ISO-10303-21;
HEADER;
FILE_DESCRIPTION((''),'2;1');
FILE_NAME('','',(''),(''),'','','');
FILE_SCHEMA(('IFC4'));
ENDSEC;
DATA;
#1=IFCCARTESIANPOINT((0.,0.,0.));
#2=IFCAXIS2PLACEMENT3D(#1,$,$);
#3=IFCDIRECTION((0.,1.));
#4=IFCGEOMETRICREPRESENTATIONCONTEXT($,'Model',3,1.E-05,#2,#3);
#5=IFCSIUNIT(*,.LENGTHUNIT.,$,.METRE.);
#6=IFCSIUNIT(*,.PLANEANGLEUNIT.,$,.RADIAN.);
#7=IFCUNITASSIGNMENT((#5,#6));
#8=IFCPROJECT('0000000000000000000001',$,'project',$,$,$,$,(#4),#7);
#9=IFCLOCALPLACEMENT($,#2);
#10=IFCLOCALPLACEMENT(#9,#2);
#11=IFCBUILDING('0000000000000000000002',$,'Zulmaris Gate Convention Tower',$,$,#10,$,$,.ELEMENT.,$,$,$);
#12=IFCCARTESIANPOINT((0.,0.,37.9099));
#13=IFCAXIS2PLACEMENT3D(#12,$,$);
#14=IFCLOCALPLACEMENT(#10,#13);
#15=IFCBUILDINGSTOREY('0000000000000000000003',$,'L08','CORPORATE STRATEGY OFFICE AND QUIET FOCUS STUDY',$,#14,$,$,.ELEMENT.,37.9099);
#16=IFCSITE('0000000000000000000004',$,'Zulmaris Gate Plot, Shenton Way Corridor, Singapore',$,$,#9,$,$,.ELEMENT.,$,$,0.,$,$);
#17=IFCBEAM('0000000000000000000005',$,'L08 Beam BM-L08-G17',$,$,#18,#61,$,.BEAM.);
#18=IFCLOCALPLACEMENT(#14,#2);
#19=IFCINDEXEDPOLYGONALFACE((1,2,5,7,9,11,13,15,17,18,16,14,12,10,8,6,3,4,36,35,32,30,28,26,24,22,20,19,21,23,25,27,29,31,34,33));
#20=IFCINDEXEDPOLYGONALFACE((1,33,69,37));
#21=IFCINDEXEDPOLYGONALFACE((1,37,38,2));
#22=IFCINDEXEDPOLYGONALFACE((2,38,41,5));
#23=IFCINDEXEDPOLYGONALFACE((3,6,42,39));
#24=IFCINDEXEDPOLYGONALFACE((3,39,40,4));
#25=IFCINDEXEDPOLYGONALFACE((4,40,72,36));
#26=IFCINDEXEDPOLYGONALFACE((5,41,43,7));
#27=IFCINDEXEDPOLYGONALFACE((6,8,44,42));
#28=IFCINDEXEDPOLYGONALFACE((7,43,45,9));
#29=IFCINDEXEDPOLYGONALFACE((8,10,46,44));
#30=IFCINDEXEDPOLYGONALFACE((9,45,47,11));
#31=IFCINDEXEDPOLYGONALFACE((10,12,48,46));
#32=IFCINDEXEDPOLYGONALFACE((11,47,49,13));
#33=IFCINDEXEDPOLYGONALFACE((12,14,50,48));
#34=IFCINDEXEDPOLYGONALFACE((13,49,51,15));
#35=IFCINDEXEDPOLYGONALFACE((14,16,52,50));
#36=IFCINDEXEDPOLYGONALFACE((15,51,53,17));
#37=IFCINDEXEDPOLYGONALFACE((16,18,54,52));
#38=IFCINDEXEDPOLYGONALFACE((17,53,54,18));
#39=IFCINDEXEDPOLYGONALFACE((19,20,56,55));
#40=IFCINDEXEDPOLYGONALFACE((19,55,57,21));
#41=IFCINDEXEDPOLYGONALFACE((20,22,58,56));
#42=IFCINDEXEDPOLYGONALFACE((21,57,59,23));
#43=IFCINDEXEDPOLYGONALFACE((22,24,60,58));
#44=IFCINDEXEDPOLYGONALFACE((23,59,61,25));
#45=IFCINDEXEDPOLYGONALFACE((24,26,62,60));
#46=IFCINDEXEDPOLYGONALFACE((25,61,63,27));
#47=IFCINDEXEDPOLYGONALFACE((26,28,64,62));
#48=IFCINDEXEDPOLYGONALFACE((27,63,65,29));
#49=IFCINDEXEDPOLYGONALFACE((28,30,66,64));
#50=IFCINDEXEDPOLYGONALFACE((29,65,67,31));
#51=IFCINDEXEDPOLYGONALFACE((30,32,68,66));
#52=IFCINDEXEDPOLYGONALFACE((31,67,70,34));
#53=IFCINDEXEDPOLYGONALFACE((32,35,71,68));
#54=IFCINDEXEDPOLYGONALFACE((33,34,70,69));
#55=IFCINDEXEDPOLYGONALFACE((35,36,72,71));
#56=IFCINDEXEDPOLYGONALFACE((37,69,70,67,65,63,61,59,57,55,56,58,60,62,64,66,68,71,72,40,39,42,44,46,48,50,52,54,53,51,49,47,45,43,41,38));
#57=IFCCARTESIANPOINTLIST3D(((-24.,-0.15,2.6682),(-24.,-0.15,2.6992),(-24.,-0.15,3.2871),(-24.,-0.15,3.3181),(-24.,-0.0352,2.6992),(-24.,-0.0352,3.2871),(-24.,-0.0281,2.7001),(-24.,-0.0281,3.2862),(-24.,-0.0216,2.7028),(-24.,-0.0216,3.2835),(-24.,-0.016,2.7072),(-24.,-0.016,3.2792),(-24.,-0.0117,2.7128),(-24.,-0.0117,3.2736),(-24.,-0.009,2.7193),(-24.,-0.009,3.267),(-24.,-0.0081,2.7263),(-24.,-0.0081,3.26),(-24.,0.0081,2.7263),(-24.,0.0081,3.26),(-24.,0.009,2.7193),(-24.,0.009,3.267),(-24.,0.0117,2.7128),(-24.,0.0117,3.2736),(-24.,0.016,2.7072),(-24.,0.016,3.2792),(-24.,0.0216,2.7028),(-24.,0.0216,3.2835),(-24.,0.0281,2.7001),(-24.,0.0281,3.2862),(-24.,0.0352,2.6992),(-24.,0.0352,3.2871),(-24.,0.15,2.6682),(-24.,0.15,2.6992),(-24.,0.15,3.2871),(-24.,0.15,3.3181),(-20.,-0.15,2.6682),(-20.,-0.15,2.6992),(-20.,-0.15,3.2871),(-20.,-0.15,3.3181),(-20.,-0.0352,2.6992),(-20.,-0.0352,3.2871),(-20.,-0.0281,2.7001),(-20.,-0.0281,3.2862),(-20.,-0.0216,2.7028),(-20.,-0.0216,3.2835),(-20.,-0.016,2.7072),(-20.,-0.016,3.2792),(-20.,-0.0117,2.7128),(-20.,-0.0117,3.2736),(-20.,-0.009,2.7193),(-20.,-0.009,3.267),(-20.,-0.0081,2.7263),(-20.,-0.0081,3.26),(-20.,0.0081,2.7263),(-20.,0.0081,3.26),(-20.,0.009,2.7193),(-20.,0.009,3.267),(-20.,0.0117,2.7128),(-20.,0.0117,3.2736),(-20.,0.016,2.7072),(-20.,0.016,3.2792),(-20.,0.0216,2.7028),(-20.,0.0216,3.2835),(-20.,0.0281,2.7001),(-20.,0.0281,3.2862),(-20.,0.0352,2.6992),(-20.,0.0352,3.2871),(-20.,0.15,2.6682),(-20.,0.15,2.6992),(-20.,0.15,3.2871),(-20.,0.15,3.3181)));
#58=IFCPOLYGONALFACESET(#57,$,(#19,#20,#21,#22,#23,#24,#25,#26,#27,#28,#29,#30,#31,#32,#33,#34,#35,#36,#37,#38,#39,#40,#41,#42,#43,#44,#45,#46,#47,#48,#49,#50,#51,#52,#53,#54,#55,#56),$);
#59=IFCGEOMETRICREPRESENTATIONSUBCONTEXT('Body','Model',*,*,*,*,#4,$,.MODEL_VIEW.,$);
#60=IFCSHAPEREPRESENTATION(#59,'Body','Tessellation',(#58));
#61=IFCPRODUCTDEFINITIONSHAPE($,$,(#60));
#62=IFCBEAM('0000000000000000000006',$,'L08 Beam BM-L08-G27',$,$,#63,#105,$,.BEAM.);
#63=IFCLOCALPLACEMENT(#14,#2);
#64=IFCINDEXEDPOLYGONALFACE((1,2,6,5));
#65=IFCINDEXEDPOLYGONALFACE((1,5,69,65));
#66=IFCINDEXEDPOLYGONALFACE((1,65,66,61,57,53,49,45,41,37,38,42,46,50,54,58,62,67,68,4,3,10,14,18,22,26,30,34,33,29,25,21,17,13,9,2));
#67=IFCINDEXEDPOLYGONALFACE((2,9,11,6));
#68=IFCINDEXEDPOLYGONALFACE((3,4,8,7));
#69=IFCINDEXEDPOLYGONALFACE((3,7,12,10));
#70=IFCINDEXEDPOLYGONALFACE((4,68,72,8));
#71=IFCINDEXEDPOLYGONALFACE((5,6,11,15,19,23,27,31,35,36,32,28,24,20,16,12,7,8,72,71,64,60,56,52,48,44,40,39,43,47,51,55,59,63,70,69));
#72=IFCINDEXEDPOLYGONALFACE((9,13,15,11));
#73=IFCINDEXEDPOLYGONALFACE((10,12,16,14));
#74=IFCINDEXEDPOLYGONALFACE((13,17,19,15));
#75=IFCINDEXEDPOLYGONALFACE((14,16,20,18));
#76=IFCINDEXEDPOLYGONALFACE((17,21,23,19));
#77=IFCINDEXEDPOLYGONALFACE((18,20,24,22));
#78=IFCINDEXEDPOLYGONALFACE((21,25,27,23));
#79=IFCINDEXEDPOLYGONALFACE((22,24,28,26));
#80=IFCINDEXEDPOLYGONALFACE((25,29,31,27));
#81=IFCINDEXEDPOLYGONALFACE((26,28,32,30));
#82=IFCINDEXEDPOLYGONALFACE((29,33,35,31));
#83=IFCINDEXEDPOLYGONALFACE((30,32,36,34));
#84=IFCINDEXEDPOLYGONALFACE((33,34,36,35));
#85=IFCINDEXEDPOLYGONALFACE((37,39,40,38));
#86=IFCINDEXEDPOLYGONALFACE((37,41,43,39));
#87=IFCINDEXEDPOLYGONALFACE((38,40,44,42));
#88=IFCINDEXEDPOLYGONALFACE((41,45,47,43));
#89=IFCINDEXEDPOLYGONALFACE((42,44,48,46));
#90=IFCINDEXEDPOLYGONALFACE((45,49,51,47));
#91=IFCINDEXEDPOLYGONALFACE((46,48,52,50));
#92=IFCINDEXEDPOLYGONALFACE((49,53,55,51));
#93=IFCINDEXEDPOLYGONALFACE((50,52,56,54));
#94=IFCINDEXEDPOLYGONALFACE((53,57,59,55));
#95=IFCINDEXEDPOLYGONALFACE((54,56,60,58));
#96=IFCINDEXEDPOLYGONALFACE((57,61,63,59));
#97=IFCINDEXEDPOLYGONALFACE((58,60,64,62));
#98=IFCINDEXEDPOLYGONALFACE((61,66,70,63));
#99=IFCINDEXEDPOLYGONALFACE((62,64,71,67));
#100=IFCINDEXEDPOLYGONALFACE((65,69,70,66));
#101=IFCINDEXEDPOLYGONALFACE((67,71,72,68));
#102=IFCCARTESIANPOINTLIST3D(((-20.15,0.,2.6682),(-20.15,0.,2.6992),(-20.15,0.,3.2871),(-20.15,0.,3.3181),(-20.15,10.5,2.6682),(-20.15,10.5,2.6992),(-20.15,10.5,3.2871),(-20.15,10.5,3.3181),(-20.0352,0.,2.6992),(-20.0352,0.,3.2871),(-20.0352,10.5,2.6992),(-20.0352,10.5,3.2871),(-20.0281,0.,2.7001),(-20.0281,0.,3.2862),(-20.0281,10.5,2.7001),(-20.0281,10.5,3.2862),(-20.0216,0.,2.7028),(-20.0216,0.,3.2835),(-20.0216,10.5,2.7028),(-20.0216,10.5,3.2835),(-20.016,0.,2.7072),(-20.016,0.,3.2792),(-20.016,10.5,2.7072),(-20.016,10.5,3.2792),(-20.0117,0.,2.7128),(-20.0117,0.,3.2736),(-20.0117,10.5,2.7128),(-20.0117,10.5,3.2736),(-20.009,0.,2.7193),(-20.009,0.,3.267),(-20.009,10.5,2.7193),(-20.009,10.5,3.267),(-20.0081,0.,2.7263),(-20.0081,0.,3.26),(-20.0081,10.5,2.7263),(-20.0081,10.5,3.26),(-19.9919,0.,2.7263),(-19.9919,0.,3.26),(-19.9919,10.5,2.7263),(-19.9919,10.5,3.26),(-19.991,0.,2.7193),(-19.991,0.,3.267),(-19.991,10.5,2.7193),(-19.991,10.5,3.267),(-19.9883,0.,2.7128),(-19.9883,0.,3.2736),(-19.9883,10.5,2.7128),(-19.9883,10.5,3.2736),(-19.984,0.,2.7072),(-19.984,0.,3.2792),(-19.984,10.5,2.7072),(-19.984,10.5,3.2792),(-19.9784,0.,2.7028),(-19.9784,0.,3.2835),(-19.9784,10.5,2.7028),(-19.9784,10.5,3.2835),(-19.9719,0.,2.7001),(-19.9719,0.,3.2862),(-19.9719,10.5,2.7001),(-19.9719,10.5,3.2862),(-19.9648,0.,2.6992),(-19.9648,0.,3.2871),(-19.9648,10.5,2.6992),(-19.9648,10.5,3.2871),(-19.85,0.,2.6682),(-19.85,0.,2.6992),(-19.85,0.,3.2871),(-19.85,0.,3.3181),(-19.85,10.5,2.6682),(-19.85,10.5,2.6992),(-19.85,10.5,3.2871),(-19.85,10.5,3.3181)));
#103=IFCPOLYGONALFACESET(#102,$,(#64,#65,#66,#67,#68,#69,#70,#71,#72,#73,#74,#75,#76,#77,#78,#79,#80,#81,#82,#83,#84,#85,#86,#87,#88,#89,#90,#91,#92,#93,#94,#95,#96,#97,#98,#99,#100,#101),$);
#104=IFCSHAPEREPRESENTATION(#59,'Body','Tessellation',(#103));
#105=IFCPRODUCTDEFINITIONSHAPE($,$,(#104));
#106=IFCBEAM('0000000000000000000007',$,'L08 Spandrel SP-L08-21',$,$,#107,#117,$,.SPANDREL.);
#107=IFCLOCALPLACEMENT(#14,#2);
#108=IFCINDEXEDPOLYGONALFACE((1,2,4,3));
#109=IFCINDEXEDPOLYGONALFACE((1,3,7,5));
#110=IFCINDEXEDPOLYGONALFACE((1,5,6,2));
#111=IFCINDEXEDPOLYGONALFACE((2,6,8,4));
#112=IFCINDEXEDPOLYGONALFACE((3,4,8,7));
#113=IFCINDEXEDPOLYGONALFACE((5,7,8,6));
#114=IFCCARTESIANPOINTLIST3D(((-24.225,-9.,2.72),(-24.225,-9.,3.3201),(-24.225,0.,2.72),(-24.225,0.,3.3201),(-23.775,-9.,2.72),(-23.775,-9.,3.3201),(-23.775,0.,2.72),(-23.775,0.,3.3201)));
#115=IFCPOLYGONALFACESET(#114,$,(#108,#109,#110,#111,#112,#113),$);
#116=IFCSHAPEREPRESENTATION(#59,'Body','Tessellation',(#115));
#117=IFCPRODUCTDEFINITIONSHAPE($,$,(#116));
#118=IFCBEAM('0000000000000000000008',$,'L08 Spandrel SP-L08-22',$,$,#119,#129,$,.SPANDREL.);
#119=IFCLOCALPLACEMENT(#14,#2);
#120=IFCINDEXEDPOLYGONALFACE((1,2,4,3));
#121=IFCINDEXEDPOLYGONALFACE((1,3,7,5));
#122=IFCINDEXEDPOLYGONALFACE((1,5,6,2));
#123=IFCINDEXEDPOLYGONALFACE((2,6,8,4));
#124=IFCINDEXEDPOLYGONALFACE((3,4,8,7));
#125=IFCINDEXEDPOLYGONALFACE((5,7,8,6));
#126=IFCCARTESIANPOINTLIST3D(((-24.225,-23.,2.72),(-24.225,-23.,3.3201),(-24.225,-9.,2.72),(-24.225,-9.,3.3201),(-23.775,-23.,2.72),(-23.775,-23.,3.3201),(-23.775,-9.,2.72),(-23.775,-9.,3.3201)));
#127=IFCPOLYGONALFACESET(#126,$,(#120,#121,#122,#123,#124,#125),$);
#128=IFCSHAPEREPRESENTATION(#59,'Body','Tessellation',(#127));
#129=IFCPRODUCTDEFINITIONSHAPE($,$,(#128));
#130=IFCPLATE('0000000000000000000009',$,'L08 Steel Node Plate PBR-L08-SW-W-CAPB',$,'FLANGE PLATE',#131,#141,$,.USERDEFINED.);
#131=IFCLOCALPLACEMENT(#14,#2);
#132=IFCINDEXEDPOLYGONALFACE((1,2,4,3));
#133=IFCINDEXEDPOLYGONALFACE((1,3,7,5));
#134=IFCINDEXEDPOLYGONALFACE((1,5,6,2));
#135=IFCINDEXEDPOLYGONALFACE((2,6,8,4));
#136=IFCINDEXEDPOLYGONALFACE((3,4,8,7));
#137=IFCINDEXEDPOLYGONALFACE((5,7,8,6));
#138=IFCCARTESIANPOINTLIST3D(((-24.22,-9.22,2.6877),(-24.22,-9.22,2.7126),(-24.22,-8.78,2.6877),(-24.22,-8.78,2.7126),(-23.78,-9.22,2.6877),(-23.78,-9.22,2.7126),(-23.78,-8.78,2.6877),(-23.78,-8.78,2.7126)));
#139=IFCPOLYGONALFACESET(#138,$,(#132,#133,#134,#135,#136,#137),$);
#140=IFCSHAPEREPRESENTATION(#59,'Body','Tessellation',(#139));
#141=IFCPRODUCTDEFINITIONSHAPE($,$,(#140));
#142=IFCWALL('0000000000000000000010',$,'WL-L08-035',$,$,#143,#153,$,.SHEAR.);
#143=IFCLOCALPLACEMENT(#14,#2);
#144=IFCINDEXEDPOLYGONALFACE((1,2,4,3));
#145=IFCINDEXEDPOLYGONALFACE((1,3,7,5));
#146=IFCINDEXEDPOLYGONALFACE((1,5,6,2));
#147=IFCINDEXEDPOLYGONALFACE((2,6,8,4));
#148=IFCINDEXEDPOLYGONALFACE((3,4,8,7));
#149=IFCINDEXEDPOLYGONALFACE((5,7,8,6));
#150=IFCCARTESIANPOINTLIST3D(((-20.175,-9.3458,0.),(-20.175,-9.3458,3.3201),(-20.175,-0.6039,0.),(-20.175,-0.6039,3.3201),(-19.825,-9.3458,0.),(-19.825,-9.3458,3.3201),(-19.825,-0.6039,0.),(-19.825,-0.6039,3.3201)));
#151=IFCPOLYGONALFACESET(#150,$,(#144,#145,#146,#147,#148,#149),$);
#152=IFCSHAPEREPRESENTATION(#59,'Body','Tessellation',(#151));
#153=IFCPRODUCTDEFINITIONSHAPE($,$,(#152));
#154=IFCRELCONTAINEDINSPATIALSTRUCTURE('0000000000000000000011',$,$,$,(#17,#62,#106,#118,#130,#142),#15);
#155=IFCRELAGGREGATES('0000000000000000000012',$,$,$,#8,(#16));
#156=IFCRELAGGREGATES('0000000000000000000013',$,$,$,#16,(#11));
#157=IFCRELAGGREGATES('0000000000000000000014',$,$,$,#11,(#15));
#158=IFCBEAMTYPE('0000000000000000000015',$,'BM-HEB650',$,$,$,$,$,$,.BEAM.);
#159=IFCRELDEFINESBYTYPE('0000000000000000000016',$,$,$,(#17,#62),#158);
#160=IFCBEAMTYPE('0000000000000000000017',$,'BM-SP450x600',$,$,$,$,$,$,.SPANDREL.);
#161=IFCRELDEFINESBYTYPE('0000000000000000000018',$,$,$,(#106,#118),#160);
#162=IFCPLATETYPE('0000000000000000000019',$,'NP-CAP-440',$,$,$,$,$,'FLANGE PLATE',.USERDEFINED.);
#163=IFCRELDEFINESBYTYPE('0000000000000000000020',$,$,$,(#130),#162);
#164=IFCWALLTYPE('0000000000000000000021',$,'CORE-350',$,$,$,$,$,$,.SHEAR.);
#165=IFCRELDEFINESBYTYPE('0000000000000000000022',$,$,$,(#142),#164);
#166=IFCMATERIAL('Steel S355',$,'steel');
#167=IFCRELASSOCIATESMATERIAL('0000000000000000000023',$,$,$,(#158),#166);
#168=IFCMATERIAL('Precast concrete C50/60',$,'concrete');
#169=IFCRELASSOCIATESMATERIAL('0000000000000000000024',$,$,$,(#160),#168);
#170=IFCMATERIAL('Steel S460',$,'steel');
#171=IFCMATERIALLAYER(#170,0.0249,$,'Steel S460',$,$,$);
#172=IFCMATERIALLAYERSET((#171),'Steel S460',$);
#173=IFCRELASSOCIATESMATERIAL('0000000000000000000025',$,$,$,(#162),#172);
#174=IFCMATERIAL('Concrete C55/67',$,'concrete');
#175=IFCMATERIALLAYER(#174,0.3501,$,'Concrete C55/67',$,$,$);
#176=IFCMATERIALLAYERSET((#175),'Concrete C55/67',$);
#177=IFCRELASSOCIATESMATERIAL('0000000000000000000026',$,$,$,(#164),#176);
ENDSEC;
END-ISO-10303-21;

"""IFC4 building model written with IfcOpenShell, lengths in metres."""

from ifc_helpers import new_model, si_unit, direction, frame, frame_2d, origin, origin_2d, place, context, subcontext, project, spatial, rectangle, i_section, extrude, material, layer, layer_set, material_profile, profile_set, type_object, element, save


model = new_model("IFC4")

# Units and contexts
model_context = context("Model", 3, precision=1e-05, world=origin(), true_north=direction((0.0, 1.0)))
body_context = subcontext(model_context, "Body", "Model", "MODEL_VIEW")
ifc_project = project(units=[si_unit("LENGTHUNIT", "METRE"), si_unit("PLANEANGLEUNIT", "RADIAN")], contexts=[model_context])

# Site, building, storey
site_placement = place(None, origin())
site = spatial("IfcSite", under=ifc_project, at=site_placement, Name="Zulmaris Gate Plot, Shenton Way Corridor, Singapore", CompositionType="ELEMENT", RefElevation=0.0)
building_placement = place(site_placement, origin())
building = spatial("IfcBuilding", under=site, at=building_placement, Name="Zulmaris Gate Convention Tower", CompositionType="ELEMENT")
storey_placement = place(building_placement, frame((0.0, 0.0, 37.9099)))
storey = spatial("IfcBuildingStorey", under=building, at=storey_placement, Name="L08", Description="CORPORATE STRATEGY OFFICE AND QUIET FOCUS STUDY", CompositionType="ELEMENT", Elevation=37.9099)

# Beams
ifc_material_1 = material(Name="Steel S355", Category="steel")
ifc_material_profile_1 = material_profile(ifc_material_1, i_section(OverallWidth=0.3, OverallDepth=0.6499, WebThickness=0.0161, FlangeThickness=0.031, FilletRadius=0.0271, at=origin_2d()), Name="HEB 650")
ifc_profile_set_1 = profile_set([ifc_material_profile_1], Name="Steel S355")
beam_type_1 = type_object("IfcBeamType", Name="BM-HEB650", PredefinedType="BEAM", material=ifc_profile_set_1)
for number, where, z_axis, x_axis, name in (
    (1, (-24.0, 0.0, 2.9932), (1.0, 0.0, 0.0), (0.0, 1.0, 0.0), "L08 Beam BM-L08-G17"),
):
    element("IfcBeam", number, at=place(storey_placement, frame(where, z_axis=z_axis, x_axis=x_axis)), inside=storey, type_object=beam_type_1, Name=name, PredefinedType="BEAM", context=body_context, shape_type="SweptSolid", body=[
        extrude(i_section(OverallWidth=0.3, OverallDepth=0.6499, WebThickness=0.0161, FlangeThickness=0.031, FilletRadius=0.0271, at=origin_2d()), origin(), (0.0, 0.0, 1.0), 4.0),
    ])
beam_1_placement = place(storey_placement, frame((-20.0, 0.0, 2.9932), z_axis=(0.0, 1.0, 0.0), x_axis=(-1.0, 0.0, 0.0)))
element("IfcBeam", 2, at=beam_1_placement, inside=storey, type_object=beam_type_1, Name="L08 Beam BM-L08-G27", PredefinedType="BEAM", context=body_context, shape_type="SweptSolid", body=[
    extrude(i_section(OverallWidth=0.3, OverallDepth=0.6499, WebThickness=0.0161, FlangeThickness=0.031, FilletRadius=0.0271, at=origin_2d()), origin(), (0.0, 0.0, 1.0), 10.5),
])
ifc_material_2 = material(Name="Precast concrete C50/60", Category="concrete")
ifc_material_profile_2 = material_profile(ifc_material_2, rectangle(XDim=0.45, YDim=0.6001, at=origin_2d()), Name="RC SPANDREL 450x600")
ifc_profile_set_2 = profile_set([ifc_material_profile_2], Name="Precast concrete C50/60")
beam_type_2 = type_object("IfcBeamType", Name="BM-SP450x600", PredefinedType="SPANDREL", material=ifc_profile_set_2)
beam_2_placement = place(storey_placement, frame((-24.0, 0.0, 3.02), z_axis=(0.0, -1.0, 0.0), x_axis=(1.0, 0.0, 0.0)))
element("IfcBeam", 3, at=beam_2_placement, inside=storey, type_object=beam_type_2, Name="L08 Spandrel SP-L08-21", PredefinedType="SPANDREL", context=body_context, shape_type="SweptSolid", body=[
    extrude(rectangle(XDim=0.45, YDim=0.6001, at=origin_2d()), origin(), (0.0, 0.0, 1.0), 9.0),
])
beam_3_placement = place(storey_placement, frame((-24.0, -9.0, 3.02), z_axis=(0.0, -1.0, 0.0), x_axis=(1.0, 0.0, 0.0)))
element("IfcBeam", 4, at=beam_3_placement, inside=storey, type_object=beam_type_2, Name="L08 Spandrel SP-L08-22", PredefinedType="SPANDREL", context=body_context, shape_type="SweptSolid", body=[
    extrude(rectangle(XDim=0.45, YDim=0.6001, at=origin_2d()), origin(), (0.0, 0.0, 1.0), 14.0),
])

# Plate
ifc_material_3 = material(Name="Steel S460", Category="steel")
ifc_layer_1 = layer(ifc_material_3, 0.0249, Name="Steel S460")
ifc_layer_set_1 = layer_set([ifc_layer_1], Name="Steel S460")
plate_type = type_object("IfcPlateType", Name="NP-CAP-440", ElementType="FLANGE PLATE", PredefinedType="USERDEFINED", material=ifc_layer_set_1)
plate_placement = place(storey_placement, frame((-24.0, -9.0, 2.6877), z_axis=(0.0, 0.0, 1.0), x_axis=(1.0, 0.0, 0.0)))
element("IfcPlate", 5, at=plate_placement, inside=storey, type_object=plate_type, Name="L08 Steel Node Plate PBR-L08-SW-W-CAPB", ObjectType="FLANGE PLATE", PredefinedType="USERDEFINED", context=body_context, shape_type="SweptSolid", body=[
    extrude(rectangle(XDim=0.4399, YDim=0.4399, at=origin_2d()), origin(), (0.0, 0.0, 1.0), 0.0249),
])

# Wall
ifc_material_4 = material(Name="Concrete C55/67", Category="concrete")
ifc_layer_2 = layer(ifc_material_4, 0.3501, Name="Concrete C55/67")
ifc_layer_set_2 = layer_set([ifc_layer_2], Name="Concrete C55/67")
wall_type_1 = type_object("IfcWallType", Name="CORE-350", PredefinedType="SHEAR", material=ifc_layer_set_2)
wall_1_placement = place(storey_placement, frame((-20.0, -9.3459, 0.0), z_axis=(0.0, 0.0, 1.0), x_axis=(0.0, 1.0, 0.0)))
element("IfcWall", 6, at=wall_1_placement, inside=storey, type_object=wall_type_1, Name="WL-L08-035", PredefinedType="SHEAR", context=body_context, shape_type="SweptSolid", body=[
    extrude(rectangle(XDim=8.7419, YDim=0.3501, at=frame_2d((4.3711, 0.0))), origin(), (0.0, 0.0, 1.0), 3.3201),
])

save(model, "model.ifc")
